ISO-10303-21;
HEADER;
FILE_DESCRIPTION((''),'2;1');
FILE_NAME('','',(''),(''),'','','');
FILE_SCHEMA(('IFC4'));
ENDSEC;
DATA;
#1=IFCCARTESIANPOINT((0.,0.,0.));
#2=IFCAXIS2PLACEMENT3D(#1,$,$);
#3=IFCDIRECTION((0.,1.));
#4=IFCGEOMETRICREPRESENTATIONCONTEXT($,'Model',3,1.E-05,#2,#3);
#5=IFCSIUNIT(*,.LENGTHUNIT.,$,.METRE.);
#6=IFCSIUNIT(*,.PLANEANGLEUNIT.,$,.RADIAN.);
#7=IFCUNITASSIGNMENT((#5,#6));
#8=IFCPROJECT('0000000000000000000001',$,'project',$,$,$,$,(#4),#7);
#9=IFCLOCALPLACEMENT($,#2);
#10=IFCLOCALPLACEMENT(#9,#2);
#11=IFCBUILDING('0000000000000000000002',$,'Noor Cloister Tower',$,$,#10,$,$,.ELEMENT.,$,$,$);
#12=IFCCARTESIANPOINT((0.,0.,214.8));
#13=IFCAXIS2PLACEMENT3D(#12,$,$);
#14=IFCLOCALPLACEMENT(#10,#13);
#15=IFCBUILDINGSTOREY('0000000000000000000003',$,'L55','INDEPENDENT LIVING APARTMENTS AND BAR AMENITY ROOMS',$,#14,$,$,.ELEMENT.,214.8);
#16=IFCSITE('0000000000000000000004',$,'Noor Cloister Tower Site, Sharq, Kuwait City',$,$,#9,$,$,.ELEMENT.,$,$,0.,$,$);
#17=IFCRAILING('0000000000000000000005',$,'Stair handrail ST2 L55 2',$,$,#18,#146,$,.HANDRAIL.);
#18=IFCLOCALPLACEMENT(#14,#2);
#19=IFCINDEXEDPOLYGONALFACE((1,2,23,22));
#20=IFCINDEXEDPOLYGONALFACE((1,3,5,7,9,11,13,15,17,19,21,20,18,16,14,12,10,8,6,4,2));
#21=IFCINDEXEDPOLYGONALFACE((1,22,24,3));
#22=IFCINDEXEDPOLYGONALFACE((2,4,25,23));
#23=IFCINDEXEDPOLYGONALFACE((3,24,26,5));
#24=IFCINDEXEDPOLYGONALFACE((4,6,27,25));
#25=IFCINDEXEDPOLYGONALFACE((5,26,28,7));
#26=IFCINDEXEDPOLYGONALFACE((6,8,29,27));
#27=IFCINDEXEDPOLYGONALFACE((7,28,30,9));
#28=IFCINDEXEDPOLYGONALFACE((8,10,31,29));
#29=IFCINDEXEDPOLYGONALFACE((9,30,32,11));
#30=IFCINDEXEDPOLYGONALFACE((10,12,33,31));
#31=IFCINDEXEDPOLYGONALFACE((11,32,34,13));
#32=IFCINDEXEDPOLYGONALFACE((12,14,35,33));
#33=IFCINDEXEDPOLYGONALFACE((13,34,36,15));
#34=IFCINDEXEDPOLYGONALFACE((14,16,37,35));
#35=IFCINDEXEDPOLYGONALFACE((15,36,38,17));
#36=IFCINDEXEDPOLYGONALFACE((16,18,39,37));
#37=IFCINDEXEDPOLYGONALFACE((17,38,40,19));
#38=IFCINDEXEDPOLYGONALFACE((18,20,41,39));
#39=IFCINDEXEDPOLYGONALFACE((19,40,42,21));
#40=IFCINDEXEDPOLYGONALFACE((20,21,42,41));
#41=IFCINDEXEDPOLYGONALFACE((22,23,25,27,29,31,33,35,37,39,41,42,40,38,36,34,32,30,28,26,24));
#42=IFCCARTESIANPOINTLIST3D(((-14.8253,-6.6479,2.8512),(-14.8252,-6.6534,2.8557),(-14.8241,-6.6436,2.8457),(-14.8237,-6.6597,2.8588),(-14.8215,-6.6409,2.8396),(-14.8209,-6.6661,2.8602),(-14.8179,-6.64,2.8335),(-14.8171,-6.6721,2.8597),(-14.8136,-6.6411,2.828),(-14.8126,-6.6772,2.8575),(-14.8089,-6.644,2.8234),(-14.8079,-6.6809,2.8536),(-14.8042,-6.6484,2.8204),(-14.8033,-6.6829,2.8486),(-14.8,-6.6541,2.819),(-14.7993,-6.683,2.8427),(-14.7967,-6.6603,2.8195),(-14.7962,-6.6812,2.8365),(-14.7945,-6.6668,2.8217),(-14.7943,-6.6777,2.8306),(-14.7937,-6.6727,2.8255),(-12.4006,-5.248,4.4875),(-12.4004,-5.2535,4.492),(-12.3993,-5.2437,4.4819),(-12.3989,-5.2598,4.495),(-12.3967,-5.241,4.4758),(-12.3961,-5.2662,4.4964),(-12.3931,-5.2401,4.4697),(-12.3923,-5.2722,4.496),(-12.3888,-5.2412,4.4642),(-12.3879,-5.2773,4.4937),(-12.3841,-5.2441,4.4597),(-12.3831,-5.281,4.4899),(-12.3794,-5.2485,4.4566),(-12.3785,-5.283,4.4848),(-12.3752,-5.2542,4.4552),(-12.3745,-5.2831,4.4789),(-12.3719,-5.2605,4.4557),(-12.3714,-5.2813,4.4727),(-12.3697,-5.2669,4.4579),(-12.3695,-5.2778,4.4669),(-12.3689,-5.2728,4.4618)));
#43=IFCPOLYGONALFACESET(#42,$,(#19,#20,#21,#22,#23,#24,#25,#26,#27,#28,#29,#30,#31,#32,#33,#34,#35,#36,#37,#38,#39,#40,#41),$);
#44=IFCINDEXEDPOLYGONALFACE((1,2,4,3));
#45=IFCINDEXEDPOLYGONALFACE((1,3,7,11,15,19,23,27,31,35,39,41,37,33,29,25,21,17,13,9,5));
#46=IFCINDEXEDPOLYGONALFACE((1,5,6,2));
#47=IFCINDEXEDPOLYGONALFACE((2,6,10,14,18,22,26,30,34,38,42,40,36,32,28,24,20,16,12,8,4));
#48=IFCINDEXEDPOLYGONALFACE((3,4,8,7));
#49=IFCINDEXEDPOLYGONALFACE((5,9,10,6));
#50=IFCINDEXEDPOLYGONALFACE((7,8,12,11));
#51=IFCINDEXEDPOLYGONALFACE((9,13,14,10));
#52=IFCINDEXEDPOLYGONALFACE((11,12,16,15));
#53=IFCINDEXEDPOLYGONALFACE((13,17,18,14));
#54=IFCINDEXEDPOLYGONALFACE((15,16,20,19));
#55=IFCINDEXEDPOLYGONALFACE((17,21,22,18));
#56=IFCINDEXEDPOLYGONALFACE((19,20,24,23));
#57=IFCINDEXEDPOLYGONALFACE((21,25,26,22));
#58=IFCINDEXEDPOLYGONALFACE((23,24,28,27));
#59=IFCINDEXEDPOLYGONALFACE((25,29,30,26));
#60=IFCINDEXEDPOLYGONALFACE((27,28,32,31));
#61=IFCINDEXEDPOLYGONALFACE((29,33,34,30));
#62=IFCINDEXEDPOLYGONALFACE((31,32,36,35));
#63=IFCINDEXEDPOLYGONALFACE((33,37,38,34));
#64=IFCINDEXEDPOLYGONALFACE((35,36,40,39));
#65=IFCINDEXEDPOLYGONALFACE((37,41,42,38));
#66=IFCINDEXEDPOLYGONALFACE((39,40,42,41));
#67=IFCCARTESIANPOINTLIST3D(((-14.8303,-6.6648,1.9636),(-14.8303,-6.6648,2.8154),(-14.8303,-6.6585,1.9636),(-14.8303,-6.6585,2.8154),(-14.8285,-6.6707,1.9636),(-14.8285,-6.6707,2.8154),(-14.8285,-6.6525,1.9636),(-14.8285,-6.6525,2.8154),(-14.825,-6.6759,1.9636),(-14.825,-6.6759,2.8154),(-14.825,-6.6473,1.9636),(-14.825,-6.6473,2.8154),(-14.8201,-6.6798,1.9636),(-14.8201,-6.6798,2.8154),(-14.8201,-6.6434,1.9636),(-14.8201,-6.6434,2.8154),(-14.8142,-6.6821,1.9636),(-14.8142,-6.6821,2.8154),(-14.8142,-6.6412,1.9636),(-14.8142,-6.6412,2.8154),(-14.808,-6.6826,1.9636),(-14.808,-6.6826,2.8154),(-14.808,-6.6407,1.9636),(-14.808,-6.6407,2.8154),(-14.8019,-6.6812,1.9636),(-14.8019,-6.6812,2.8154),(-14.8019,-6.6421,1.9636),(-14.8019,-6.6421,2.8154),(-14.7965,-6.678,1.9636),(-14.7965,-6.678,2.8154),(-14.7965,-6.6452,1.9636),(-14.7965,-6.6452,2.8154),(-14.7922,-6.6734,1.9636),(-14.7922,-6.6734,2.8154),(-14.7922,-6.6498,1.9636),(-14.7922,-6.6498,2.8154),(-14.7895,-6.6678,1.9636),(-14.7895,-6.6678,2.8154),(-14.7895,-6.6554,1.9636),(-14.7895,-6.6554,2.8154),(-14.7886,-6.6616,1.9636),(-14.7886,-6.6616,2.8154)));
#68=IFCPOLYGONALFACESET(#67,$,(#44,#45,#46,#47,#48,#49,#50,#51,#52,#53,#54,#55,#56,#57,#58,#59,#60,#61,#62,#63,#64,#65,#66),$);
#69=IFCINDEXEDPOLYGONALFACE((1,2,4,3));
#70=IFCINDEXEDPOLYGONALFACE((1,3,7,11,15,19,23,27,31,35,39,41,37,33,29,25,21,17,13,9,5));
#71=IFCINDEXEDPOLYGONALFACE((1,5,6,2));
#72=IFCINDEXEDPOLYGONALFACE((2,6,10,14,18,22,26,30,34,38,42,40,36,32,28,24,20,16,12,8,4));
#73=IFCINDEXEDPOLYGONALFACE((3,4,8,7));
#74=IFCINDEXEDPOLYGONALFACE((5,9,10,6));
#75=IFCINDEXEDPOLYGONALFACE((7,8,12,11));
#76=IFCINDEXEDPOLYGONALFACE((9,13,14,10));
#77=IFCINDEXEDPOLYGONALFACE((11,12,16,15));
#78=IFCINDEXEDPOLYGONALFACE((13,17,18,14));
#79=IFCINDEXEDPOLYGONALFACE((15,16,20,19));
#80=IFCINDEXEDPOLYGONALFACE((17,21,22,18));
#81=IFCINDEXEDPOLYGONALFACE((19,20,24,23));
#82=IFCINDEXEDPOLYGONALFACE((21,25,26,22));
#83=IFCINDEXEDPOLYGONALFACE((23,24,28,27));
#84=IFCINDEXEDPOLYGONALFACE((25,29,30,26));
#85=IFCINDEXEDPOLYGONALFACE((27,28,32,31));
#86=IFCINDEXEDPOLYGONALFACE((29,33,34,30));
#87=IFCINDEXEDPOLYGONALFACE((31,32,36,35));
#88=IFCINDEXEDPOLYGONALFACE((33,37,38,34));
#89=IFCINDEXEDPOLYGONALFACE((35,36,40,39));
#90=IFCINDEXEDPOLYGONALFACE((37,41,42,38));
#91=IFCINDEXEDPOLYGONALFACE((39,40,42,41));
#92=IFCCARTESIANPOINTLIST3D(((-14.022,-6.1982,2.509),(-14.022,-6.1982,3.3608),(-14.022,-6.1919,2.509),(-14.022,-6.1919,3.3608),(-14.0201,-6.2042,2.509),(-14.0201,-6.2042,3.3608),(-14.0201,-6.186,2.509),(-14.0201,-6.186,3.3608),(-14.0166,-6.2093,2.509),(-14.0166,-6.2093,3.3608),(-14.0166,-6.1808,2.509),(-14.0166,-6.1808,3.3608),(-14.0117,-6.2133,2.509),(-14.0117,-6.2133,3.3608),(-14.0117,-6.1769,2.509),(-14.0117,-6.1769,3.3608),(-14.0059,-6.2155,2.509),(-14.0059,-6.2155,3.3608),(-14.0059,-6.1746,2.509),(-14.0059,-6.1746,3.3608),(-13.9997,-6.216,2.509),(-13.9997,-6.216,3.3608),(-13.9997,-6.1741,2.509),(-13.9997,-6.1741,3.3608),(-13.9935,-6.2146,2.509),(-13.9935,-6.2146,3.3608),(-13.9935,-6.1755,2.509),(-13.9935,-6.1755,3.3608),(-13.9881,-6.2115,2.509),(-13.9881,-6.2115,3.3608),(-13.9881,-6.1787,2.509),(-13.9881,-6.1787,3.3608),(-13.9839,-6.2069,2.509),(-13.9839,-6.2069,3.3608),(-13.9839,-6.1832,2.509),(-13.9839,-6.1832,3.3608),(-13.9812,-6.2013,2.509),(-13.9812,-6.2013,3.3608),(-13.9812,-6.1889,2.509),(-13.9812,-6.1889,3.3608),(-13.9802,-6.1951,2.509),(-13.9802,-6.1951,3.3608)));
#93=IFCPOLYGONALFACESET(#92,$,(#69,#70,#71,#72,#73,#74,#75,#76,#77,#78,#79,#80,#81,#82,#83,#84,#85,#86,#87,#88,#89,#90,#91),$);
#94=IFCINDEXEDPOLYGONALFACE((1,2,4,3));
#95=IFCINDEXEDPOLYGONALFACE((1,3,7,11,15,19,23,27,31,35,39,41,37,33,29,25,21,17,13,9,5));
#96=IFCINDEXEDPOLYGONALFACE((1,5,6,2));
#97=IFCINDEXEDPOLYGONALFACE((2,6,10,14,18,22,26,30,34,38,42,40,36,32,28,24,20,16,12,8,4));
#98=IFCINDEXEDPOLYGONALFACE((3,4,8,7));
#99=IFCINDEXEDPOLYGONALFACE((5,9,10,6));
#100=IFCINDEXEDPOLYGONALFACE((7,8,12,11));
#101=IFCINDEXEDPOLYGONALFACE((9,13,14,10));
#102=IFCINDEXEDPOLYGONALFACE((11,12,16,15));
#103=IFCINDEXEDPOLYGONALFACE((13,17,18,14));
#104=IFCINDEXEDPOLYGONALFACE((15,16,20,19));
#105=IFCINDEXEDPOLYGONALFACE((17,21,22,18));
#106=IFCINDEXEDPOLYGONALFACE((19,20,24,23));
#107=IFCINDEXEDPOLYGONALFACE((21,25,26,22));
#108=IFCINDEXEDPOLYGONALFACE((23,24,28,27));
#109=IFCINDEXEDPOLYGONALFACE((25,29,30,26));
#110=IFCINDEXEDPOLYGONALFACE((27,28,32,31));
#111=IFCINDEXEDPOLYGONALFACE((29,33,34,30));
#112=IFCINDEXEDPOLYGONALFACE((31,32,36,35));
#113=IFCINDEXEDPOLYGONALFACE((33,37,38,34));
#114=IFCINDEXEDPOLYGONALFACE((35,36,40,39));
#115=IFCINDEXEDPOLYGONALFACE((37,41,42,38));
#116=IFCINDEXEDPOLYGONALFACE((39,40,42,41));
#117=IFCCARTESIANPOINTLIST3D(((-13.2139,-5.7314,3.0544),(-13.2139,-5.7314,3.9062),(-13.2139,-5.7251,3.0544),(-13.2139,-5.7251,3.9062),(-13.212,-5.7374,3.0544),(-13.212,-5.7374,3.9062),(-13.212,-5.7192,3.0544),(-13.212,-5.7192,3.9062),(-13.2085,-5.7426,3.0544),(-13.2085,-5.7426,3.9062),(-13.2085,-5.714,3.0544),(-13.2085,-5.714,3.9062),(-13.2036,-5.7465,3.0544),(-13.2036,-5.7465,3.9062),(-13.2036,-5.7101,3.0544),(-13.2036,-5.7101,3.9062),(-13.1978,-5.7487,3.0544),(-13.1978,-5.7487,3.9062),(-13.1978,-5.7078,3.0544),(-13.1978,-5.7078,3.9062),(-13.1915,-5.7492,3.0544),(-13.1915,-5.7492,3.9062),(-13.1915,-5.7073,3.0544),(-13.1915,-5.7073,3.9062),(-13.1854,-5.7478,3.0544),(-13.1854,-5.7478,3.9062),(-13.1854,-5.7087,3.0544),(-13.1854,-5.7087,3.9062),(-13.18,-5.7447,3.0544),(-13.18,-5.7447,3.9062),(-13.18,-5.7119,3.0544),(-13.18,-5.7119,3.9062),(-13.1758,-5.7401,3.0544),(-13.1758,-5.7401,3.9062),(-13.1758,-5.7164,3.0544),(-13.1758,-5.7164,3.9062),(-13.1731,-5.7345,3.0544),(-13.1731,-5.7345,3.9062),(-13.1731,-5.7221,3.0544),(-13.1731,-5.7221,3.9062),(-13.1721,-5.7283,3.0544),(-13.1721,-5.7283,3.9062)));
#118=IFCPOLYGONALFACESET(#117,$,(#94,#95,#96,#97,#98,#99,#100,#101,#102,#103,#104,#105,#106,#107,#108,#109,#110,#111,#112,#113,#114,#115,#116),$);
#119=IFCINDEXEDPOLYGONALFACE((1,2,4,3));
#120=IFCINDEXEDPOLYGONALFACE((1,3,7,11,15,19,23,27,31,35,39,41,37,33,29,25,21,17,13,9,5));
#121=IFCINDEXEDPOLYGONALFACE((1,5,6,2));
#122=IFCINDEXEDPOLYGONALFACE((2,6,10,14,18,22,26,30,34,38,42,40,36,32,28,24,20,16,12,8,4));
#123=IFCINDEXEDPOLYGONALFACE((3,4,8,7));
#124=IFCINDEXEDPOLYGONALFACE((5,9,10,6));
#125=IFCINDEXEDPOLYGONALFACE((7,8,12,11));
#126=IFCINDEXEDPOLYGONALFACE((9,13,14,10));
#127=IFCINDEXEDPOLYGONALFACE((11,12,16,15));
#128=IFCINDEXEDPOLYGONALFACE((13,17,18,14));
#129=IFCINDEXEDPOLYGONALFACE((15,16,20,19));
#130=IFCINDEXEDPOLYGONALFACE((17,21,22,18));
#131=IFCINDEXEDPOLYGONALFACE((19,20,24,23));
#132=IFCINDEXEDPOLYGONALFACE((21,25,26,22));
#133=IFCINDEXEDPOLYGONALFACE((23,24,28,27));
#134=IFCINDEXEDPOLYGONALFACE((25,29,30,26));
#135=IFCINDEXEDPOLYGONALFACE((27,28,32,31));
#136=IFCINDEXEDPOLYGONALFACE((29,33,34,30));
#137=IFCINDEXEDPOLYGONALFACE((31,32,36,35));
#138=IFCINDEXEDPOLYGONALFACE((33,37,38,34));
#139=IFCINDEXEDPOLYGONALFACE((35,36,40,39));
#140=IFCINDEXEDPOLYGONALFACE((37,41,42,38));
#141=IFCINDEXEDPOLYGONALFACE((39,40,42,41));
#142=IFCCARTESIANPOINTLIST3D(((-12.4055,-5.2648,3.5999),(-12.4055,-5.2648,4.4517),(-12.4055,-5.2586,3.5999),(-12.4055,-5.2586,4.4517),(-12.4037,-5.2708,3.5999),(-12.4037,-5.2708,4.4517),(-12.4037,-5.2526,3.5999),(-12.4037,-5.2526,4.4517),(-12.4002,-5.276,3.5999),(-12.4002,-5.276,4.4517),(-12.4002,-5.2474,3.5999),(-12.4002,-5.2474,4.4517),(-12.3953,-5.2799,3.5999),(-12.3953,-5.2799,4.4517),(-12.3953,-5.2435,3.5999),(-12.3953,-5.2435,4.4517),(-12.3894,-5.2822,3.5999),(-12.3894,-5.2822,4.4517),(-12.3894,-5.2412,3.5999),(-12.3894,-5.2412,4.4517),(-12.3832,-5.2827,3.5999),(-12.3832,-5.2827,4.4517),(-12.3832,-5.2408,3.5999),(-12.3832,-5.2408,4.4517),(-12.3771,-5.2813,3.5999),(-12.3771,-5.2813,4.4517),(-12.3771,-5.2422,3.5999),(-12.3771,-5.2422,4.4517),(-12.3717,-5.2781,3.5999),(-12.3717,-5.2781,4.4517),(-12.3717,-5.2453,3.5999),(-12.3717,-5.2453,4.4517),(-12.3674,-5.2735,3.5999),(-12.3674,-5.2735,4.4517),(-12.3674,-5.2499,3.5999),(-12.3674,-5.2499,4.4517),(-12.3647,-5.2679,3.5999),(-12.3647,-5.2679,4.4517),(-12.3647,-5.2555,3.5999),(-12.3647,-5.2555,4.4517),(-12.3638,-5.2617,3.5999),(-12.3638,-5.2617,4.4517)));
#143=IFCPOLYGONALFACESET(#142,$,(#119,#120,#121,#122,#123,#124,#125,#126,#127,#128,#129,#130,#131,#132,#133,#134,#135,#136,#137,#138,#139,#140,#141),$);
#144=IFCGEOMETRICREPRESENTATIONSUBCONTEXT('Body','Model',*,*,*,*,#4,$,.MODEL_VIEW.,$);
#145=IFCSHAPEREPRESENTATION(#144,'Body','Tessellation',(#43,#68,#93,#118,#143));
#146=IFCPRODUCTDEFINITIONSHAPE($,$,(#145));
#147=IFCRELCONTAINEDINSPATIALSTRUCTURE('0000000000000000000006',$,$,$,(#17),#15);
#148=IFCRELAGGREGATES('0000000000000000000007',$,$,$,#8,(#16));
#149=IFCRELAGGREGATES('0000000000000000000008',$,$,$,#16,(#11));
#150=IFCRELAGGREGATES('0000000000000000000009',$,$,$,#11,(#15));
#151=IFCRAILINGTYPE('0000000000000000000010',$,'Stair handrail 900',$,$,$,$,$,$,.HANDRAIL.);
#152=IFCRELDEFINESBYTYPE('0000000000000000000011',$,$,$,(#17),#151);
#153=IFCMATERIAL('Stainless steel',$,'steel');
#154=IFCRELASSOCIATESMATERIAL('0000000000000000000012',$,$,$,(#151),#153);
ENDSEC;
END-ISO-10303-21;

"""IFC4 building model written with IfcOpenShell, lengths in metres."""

from ifc_helpers import new_model, si_unit, direction, frame, origin, origin_2d, place, context, subcontext, project, spatial, circle, extrude, material, type_object, element, save


model = new_model("IFC4")

# Units and contexts
model_context = context("Model", 3, precision=1e-05, world=origin(), true_north=direction((0.0, 1.0)))
body_context = subcontext(model_context, "Body", "Model", "MODEL_VIEW")
ifc_project = project(units=[si_unit("LENGTHUNIT", "METRE"), si_unit("PLANEANGLEUNIT", "RADIAN")], contexts=[model_context])

# Site, building, storey
site_placement = place(None, origin())
site = spatial("IfcSite", under=ifc_project, at=site_placement, Name="Noor Cloister Tower Site, Sharq, Kuwait City", CompositionType="ELEMENT", RefElevation=0.0)
building_placement = place(site_placement, origin())
building = spatial("IfcBuilding", under=site, at=building_placement, Name="Noor Cloister Tower", CompositionType="ELEMENT")
storey_placement = place(building_placement, frame((0.0, 0.0, 214.8)))
storey = spatial("IfcBuildingStorey", under=building, at=storey_placement, Name="L55", Description="INDEPENDENT LIVING APARTMENTS AND BAR AMENITY ROOMS", CompositionType="ELEMENT", Elevation=214.8)

# Railing
ifc_material_1 = material(Name="Stainless steel", Category="steel")
railing_type_1 = type_object("IfcRailingType", Name="Stair handrail 900", PredefinedType="HANDRAIL", material=ifc_material_1)
railing_1_placement = place(storey_placement, frame((-14.8096, -6.6616, 1.9636)))
element("IfcRailing", 1, at=railing_1_placement, inside=storey, type_object=railing_type_1, Name="Stair handrail ST2 L55 2", PredefinedType="HANDRAIL", context=body_context, shape_type="SweptSolid", body=[
    extrude(circle(Radius=0.0239, at=origin_2d()), frame((0.0, 0.0, 0.876), z_axis=(0.747718, 0.431677, 0.504552), x_axis=(-0.499984, 0.866035, 0.0)), (0.0, 0.0, 1.0), 3.2429),
    extrude(circle(Radius=0.021, at=origin_2d()), origin(), (0.0, 0.0, 1.0), 0.8518),
    extrude(circle(Radius=0.021, at=origin_2d()), frame((0.8083, 0.4666, 0.5454)), (0.0, 0.0, 1.0), 0.8518),
    extrude(circle(Radius=0.021, at=origin_2d()), frame((1.6165, 0.9333, 1.0908)), (0.0, 0.0, 1.0), 0.8518),
    extrude(circle(Radius=0.021, at=origin_2d()), frame((2.4248, 1.3999, 1.6362)), (0.0, 0.0, 1.0), 0.8518),
])

save(model, "model.ifc")
